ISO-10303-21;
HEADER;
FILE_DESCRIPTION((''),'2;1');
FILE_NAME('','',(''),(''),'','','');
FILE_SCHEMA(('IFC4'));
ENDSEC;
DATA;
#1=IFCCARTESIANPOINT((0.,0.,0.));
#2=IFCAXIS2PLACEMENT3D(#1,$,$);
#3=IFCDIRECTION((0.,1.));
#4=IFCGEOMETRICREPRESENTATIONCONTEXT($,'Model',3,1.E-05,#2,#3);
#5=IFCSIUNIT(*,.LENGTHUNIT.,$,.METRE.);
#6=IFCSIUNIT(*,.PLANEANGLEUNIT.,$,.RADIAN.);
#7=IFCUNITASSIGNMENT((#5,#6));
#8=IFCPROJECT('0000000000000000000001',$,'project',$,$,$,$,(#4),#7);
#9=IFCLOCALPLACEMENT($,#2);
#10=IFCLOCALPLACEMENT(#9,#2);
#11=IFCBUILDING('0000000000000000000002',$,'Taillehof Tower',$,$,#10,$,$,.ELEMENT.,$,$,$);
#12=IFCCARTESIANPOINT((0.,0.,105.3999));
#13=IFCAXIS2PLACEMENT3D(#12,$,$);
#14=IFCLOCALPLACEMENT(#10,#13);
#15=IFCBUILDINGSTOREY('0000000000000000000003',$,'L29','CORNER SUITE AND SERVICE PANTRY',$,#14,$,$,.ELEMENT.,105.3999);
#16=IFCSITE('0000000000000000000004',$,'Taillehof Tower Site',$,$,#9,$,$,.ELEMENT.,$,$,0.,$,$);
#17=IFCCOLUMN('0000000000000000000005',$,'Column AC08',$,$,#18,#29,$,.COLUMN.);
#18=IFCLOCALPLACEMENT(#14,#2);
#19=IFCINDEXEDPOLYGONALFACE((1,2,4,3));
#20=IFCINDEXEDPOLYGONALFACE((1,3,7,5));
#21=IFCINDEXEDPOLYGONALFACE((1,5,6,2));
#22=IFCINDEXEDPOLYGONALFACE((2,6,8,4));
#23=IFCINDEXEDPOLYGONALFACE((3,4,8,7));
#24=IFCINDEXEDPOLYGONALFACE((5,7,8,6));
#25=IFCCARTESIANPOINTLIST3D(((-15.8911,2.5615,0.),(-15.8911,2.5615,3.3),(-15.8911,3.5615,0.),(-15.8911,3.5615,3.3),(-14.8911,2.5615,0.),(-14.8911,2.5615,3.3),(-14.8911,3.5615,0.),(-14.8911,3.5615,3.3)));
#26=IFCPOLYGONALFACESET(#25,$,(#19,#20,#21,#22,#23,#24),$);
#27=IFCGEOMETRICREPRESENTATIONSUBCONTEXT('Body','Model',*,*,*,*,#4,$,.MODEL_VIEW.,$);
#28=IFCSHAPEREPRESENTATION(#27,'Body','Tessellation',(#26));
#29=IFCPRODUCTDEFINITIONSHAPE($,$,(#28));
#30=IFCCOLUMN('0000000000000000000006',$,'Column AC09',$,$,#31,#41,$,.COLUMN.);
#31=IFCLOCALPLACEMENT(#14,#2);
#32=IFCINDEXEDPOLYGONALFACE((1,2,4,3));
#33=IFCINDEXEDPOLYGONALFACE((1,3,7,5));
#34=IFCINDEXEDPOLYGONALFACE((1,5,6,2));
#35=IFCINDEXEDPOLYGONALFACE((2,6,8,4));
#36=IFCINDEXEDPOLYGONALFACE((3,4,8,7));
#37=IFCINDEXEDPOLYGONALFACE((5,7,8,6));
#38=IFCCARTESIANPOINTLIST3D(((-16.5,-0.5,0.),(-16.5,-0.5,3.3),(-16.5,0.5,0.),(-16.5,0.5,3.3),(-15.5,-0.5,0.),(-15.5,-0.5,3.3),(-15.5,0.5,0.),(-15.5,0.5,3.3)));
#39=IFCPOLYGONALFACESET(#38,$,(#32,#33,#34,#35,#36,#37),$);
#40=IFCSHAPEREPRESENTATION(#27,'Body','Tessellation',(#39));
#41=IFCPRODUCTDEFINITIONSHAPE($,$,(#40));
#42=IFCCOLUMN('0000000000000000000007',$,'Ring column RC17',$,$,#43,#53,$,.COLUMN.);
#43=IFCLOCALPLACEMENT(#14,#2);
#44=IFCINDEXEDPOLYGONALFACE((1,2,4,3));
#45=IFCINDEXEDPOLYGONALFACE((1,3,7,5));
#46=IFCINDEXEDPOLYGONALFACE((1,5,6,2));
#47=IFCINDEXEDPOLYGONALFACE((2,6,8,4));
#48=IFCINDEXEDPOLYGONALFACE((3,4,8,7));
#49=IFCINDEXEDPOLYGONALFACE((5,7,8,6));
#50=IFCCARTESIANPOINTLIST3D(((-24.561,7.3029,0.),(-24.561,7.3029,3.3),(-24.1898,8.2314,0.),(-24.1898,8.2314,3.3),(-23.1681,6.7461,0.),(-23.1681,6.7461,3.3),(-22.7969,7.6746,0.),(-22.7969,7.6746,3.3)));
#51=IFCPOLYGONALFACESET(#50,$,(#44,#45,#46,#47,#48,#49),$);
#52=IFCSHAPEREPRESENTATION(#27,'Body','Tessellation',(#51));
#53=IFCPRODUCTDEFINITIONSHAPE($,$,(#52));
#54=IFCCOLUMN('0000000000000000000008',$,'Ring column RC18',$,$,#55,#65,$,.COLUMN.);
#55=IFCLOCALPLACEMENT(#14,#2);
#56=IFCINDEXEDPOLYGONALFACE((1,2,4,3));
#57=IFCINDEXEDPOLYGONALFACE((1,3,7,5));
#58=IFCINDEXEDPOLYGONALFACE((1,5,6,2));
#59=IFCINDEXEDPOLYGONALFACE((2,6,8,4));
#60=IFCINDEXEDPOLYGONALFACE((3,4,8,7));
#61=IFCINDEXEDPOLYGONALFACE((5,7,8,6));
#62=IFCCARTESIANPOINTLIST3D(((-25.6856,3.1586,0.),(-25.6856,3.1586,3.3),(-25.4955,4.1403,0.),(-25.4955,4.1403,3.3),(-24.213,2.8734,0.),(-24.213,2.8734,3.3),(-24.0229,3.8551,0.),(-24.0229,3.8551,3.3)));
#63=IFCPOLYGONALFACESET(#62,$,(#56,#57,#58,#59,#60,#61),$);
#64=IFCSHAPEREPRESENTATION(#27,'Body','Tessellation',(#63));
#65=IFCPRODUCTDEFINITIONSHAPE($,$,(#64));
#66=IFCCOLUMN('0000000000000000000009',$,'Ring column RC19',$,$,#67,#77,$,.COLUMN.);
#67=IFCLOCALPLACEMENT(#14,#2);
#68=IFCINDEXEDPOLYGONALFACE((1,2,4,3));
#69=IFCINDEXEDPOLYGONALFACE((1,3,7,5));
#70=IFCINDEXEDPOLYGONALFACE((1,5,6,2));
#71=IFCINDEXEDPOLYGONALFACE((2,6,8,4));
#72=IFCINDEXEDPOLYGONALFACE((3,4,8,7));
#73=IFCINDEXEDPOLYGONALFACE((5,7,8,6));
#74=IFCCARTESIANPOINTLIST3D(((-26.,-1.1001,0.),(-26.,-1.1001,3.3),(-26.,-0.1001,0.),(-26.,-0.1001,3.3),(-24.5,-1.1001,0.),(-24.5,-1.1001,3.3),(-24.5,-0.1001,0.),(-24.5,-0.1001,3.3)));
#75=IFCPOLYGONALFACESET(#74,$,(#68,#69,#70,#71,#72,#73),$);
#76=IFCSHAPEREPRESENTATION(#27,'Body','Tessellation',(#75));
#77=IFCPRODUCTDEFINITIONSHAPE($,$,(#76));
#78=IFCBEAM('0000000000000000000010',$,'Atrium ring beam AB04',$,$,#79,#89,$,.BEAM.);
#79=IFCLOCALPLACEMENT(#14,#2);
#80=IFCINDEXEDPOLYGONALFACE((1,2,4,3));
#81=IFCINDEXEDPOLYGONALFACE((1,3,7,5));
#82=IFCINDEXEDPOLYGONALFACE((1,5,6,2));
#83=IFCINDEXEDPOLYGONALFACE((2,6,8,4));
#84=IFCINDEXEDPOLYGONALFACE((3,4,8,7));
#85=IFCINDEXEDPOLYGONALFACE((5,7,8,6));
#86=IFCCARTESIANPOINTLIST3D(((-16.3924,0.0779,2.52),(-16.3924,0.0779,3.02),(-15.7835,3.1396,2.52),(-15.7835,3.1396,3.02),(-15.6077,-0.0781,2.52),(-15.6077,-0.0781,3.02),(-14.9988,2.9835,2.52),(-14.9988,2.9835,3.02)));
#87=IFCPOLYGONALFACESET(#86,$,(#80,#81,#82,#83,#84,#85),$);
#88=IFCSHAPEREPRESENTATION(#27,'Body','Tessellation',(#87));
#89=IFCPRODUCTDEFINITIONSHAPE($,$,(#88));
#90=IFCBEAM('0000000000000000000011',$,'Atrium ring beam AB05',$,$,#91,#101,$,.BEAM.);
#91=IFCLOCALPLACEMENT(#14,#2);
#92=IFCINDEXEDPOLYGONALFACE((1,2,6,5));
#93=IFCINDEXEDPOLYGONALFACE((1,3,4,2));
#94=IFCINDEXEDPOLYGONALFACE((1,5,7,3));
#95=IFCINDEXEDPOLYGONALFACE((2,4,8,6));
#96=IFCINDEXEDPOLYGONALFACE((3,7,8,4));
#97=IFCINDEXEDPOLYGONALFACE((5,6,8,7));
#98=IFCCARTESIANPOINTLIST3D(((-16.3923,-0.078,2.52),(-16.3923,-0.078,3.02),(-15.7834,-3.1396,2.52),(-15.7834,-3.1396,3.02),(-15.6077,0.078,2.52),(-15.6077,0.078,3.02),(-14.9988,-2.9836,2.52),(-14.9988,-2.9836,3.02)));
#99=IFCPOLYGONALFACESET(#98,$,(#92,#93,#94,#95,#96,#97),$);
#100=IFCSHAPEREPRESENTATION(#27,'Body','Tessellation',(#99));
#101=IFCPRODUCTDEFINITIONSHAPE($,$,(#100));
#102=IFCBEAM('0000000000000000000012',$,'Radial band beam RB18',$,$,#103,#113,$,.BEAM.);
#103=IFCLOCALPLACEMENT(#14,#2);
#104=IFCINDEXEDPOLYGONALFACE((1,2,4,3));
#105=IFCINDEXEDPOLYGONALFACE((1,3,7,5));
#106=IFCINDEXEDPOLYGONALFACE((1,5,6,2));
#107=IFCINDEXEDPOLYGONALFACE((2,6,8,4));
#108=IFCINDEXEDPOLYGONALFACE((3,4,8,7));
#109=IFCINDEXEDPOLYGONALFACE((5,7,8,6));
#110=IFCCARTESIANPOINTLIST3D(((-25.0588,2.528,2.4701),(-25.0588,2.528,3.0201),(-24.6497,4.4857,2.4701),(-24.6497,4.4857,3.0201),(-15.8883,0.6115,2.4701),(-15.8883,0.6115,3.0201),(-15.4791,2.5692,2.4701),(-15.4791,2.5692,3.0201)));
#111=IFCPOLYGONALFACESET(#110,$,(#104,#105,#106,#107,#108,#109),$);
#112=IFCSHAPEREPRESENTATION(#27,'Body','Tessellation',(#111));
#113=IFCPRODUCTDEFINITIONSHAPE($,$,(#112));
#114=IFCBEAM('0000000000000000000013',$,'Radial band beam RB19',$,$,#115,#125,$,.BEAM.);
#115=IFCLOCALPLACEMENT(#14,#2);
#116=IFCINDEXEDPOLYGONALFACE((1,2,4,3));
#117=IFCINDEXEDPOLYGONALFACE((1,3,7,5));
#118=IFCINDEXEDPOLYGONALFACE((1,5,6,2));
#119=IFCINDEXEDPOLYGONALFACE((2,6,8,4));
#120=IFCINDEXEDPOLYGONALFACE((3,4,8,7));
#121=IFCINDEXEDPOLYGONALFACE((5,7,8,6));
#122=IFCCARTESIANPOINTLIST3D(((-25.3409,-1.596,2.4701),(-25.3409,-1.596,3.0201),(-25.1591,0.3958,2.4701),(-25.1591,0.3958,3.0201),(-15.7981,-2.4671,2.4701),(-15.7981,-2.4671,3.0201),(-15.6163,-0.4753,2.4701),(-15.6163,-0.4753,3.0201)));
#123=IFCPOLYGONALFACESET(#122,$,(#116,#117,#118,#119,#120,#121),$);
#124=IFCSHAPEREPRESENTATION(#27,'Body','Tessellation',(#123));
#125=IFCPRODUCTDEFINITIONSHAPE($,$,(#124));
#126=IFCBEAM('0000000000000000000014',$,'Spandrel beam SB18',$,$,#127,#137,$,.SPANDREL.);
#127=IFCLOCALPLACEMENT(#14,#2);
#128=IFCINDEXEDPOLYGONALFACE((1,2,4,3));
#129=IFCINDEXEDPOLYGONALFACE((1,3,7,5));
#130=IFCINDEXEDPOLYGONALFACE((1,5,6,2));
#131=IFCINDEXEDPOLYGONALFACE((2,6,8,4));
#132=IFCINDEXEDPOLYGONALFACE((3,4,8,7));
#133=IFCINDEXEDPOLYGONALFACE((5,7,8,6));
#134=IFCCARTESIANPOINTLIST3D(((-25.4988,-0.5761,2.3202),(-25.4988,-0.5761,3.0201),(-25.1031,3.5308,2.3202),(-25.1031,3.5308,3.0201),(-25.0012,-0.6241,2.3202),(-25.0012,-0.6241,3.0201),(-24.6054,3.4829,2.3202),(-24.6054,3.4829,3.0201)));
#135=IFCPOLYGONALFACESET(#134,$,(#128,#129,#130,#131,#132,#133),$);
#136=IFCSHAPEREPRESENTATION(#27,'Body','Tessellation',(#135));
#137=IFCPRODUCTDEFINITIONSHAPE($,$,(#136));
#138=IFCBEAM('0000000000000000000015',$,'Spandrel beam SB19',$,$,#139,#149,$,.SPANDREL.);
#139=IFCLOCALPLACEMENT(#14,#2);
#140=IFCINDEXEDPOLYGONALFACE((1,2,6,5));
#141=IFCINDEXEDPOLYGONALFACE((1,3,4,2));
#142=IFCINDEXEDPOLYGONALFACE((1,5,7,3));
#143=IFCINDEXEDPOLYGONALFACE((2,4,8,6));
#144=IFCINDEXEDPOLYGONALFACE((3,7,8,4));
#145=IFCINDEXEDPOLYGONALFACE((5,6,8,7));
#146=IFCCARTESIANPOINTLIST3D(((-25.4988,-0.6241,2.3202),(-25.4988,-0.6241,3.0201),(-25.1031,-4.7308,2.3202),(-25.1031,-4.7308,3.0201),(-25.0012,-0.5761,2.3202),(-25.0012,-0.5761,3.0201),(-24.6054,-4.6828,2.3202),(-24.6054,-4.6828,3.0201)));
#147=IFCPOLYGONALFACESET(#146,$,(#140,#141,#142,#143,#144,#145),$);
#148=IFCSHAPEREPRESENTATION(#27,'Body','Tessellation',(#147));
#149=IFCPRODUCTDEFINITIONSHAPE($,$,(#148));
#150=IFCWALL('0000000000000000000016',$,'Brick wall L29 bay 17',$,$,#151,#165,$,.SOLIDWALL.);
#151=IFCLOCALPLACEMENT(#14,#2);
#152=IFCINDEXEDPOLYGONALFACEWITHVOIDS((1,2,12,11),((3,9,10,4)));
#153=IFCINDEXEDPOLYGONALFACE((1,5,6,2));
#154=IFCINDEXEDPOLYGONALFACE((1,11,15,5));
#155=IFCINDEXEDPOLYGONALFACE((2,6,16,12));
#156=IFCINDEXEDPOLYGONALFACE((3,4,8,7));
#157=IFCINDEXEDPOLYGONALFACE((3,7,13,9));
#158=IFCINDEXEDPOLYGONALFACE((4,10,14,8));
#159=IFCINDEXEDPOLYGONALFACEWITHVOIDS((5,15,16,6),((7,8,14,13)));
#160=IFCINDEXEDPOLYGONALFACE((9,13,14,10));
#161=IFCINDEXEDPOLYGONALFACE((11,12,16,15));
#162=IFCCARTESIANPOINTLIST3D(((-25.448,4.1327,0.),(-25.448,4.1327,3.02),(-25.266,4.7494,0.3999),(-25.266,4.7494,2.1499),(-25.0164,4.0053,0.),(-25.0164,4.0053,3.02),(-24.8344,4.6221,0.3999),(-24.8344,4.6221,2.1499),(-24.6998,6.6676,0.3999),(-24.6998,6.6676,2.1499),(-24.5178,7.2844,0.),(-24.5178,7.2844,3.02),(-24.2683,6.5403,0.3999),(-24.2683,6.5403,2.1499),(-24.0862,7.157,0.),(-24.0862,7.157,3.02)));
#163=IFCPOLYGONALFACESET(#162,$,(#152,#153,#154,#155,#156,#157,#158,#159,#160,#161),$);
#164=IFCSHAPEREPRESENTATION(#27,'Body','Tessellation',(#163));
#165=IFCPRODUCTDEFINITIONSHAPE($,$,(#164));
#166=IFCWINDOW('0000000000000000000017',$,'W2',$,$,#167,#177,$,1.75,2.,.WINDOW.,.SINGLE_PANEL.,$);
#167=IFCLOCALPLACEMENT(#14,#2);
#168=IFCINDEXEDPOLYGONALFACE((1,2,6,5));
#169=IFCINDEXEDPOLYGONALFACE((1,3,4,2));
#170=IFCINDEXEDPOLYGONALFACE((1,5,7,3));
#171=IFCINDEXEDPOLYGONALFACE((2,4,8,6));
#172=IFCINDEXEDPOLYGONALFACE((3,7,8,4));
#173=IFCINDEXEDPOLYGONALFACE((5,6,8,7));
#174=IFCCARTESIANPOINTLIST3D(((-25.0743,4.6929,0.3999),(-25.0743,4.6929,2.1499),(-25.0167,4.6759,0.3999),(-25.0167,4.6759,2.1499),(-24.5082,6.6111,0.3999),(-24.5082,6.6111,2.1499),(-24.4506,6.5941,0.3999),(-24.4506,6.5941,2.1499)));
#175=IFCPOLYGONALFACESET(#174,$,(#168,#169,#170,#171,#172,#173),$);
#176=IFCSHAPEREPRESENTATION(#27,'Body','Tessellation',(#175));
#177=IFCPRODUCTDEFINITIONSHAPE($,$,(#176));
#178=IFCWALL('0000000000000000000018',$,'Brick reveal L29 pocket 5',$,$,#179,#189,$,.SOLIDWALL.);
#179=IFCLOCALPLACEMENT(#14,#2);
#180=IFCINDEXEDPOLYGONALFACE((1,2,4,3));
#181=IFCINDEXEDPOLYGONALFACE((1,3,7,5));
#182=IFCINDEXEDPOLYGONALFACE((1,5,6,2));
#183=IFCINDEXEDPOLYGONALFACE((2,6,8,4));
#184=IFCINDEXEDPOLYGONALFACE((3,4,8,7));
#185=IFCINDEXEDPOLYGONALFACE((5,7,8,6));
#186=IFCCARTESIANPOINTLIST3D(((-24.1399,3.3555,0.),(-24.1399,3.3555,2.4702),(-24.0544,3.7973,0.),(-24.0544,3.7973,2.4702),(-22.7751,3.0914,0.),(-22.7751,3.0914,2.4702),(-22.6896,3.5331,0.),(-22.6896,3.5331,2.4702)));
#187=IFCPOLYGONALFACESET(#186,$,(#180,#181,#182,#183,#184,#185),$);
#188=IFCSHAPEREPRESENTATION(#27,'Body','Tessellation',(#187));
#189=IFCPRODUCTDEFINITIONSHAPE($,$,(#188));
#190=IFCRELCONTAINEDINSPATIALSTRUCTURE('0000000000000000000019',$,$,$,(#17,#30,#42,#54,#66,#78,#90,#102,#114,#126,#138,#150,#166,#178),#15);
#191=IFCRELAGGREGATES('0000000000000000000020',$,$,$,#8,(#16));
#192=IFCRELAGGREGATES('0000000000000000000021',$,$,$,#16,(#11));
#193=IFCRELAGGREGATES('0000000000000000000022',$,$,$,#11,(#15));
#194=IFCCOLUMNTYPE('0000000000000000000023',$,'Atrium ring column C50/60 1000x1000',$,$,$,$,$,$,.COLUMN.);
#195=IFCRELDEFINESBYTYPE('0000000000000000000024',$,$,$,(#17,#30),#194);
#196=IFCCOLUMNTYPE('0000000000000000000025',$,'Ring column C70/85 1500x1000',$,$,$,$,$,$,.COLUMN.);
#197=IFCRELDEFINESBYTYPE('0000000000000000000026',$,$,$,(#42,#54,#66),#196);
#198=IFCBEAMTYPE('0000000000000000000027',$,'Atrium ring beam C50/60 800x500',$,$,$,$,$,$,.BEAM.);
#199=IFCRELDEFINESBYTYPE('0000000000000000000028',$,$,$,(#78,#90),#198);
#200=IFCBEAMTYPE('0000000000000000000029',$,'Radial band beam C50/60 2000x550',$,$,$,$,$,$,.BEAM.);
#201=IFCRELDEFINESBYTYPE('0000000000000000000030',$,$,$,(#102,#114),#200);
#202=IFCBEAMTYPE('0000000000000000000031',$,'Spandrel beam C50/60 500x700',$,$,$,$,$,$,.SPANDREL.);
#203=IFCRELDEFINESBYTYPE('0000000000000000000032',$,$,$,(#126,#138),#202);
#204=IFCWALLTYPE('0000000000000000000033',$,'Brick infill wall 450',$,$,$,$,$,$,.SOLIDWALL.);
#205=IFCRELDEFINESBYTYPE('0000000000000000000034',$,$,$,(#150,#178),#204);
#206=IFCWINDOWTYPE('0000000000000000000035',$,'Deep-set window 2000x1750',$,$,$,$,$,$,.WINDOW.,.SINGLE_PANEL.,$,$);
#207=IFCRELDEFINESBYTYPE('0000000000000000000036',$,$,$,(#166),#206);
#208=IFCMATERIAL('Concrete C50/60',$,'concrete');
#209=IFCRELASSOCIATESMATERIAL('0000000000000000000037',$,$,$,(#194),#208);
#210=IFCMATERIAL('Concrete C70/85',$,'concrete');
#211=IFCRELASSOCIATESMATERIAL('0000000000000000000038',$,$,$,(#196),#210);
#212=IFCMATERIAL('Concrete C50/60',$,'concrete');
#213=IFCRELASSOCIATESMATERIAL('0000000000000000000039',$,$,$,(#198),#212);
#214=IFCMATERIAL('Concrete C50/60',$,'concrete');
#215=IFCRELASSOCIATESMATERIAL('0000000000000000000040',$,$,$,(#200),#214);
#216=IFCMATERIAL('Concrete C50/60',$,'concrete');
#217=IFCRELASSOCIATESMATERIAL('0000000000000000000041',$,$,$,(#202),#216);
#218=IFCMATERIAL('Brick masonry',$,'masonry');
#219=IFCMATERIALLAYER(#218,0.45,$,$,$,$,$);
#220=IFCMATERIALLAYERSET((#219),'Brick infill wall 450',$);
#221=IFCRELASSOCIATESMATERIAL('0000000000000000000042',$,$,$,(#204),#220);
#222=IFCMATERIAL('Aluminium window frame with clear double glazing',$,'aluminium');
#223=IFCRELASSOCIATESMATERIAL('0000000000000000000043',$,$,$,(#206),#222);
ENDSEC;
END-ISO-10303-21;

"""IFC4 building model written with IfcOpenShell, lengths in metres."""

from ifc_helpers import new_model, si_unit, direction, frame, frame_2d, origin, origin_2d, place, context, subcontext, project, spatial, rectangle, extrude, material, layer, layer_set, material_profile, profile_set, type_object, element, fill, save


model = new_model("IFC4")

# Units and contexts
model_context = context("Model", 3, precision=1e-05, world=origin(), true_north=direction((0.0, 1.0)))
body_context = subcontext(model_context, "Body", "Model", "MODEL_VIEW")
ifc_project = project(units=[si_unit("LENGTHUNIT", "METRE"), si_unit("PLANEANGLEUNIT", "RADIAN")], contexts=[model_context])

# Site, building, storey
site_placement = place(None, origin())
site = spatial("IfcSite", under=ifc_project, at=site_placement, Name="Taillehof Tower Site", CompositionType="ELEMENT", RefElevation=0.0)
building_placement = place(site_placement, origin())
building = spatial("IfcBuilding", under=site, at=building_placement, Name="Taillehof Tower", CompositionType="ELEMENT")
storey_placement = place(building_placement, frame((0.0, 0.0, 105.3999)))
storey = spatial("IfcBuildingStorey", under=building, at=storey_placement, Name="L29", Description="CORNER SUITE AND SERVICE PANTRY", CompositionType="ELEMENT", Elevation=105.3999)

# Columns
ifc_material_1 = material(Name="Concrete C50/60", Category="concrete")
ifc_material_profile_1 = material_profile(ifc_material_1, rectangle(XDim=1.0, YDim=1.0, at=origin_2d()), Name="RC 1000x1000")
ifc_profile_set_1 = profile_set([ifc_material_profile_1], Name="Concrete C50/60")
column_type_1 = type_object("IfcColumnType", Name="Atrium ring column C50/60 1000x1000", PredefinedType="COLUMN", material=ifc_profile_set_1)
for number, where, z_axis, x_axis, name in (
    (1, (-15.3911, 3.0615, 0.0), (0.0, 0.0, 1.0), (1.0, 0.0, 0.0), "Column AC08"),
    (2, (-16.0, 0.0, 0.0), (0.0, 0.0, 1.0), (1.0, 0.0, 0.0), "Column AC09"),
):
    element("IfcColumn", number, at=place(storey_placement, frame(where, z_axis=z_axis, x_axis=x_axis)), inside=storey, type_object=column_type_1, Name=name, PredefinedType="COLUMN", context=body_context, shape_type="SweptSolid", body=[
        extrude(rectangle(XDim=1.0, YDim=1.0, at=origin_2d()), origin(), (0.0, 0.0, 1.0), 3.3),
    ])
ifc_material_2 = material(Name="Concrete C70/85", Category="concrete")
ifc_material_profile_2 = material_profile(ifc_material_2, rectangle(XDim=1.5, YDim=1.0, at=origin_2d()), Name="RC 1500x1000")
ifc_profile_set_2 = profile_set([ifc_material_profile_2], Name="Concrete C70/85")
column_type_2 = type_object("IfcColumnType", Name="Ring column C70/85 1500x1000", PredefinedType="COLUMN", material=ifc_profile_set_2)
for number, where, z_axis, x_axis, name in (
    (3, (-23.679, 7.4888, 0.0), (0.0, 0.0, 1.0), (-0.92855, 0.371207, 0.0), "Ring column RC17"),
    (4, (-24.8542, 3.5068, 0.0), (0.0, 0.0, 1.0), (-0.981757, 0.190138, 0.0), "Ring column RC18"),
    (5, (-25.25, -0.6001, 0.0), (0.0, 0.0, 1.0), (-1.0, 0.0, 0.0), "Ring column RC19"),
):
    element("IfcColumn", number, at=place(storey_placement, frame(where, z_axis=z_axis, x_axis=x_axis)), inside=storey, type_object=column_type_2, Name=name, PredefinedType="COLUMN", context=body_context, shape_type="SweptSolid", body=[
        extrude(rectangle(XDim=1.5, YDim=1.0, at=origin_2d()), origin(), (0.0, 0.0, 1.0), 3.3),
    ])

# Beams
ifc_material_3 = material(Name="Concrete C50/60", Category="concrete")
ifc_material_profile_3 = material_profile(ifc_material_3, rectangle(XDim=0.8, YDim=0.5, at=origin_2d()), Name="RC 800x500")
ifc_profile_set_3 = profile_set([ifc_material_profile_3], Name="Concrete C50/60")
beam_type_1 = type_object("IfcBeamType", Name="Atrium ring beam C50/60 800x500", PredefinedType="BEAM", material=ifc_profile_set_3)
for number, where, z_axis, x_axis, name in (
    (6, (-15.3911, 3.0615, 2.77), (-0.195063, -0.980791, 0.0), (0.980791, -0.195063, 0.0), "Atrium ring beam AB04"),
    (7, (-16.0, 0.0, 2.77), (0.195063, -0.980791, 0.0), (0.980791, 0.195063, 0.0), "Atrium ring beam AB05"),
):
    element("IfcBeam", number, at=place(storey_placement, frame(where, z_axis=z_axis, x_axis=x_axis)), inside=storey, type_object=beam_type_1, Name=name, PredefinedType="BEAM", context=body_context, shape_type="SweptSolid", body=[
        extrude(rectangle(XDim=0.8, YDim=0.5, at=origin_2d()), origin(), (0.0, 0.0, 1.0), 3.1216),
    ])
ifc_material_4 = material(Name="Concrete C50/60", Category="concrete")
ifc_material_profile_4 = material_profile(ifc_material_4, rectangle(XDim=2.0, YDim=0.55, at=origin_2d()), Name="RC 2000x550")
ifc_profile_set_4 = profile_set([ifc_material_profile_4], Name="Concrete C50/60")
beam_type_2 = type_object("IfcBeamType", Name="Radial band beam C50/60 2000x550", PredefinedType="BEAM", material=ifc_profile_set_4)
beam_1_placement = place(storey_placement, frame((-24.8542, 3.5068, 2.7451), z_axis=(0.978853, -0.204563, 0.0), x_axis=(0.204563, 0.978853, 0.0)))
element("IfcBeam", 8, at=beam_1_placement, inside=storey, type_object=beam_type_2, Name="Radial band beam RB18", PredefinedType="BEAM", context=body_context, shape_type="SweptSolid", body=[
    extrude(rectangle(XDim=2.0, YDim=0.55, at=origin_2d()), origin(), (0.0, 0.0, 1.0), 9.3687),
])
beam_2_placement = place(storey_placement, frame((-25.25, -0.6001, 2.7451), z_axis=(0.99586, -0.090906, 0.0), x_axis=(0.090906, 0.99586, 0.0)))
element("IfcBeam", 9, at=beam_2_placement, inside=storey, type_object=beam_type_2, Name="Radial band beam RB19", PredefinedType="BEAM", context=body_context, shape_type="SweptSolid", body=[
    extrude(rectangle(XDim=2.0, YDim=0.55, at=origin_2d()), origin(), (0.0, 0.0, 1.0), 9.5825),
])
ifc_material_5 = material(Name="Concrete C50/60", Category="concrete")
ifc_material_profile_5 = material_profile(ifc_material_5, rectangle(XDim=0.5, YDim=0.7, at=origin_2d()), Name="RC 500x700")
ifc_profile_set_5 = profile_set([ifc_material_profile_5], Name="Concrete C50/60")
beam_type_3 = type_object("IfcBeamType", Name="Spandrel beam C50/60 500x700", PredefinedType="SPANDREL", material=ifc_profile_set_5)
beam_3_placement = place(storey_placement, frame((-24.8542, 3.5068, 2.6702), z_axis=(-0.095918, -0.995389, 0.0), x_axis=(0.995389, -0.095918, 0.0)))
element("IfcBeam", 10, at=beam_3_placement, inside=storey, type_object=beam_type_3, Name="Spandrel beam SB18", PredefinedType="SPANDREL", context=body_context, shape_type="SweptSolid", body=[
    extrude(rectangle(XDim=0.5, YDim=0.7, at=origin_2d()), origin(), (0.0, 0.0, 1.0), 4.126),
])
beam_4_placement = place(storey_placement, frame((-25.25, -0.6001, 2.6702), z_axis=(0.095923, -0.995389, 0.0), x_axis=(0.995389, 0.095923, 0.0)))
element("IfcBeam", 11, at=beam_4_placement, inside=storey, type_object=beam_type_3, Name="Spandrel beam SB19", PredefinedType="SPANDREL", context=body_context, shape_type="SweptSolid", body=[
    extrude(rectangle(XDim=0.5, YDim=0.7, at=origin_2d()), origin(), (0.0, 0.0, 1.0), 4.1257),
])

# Wall, opening, window
ifc_material_6 = material(Name="Brick masonry", Category="masonry")
ifc_layer_1 = layer(ifc_material_6, 0.45)
ifc_layer_set_1 = layer_set([ifc_layer_1], Name="Brick infill wall 450")
wall_type_1 = type_object("IfcWallType", Name="Brick infill wall 450", PredefinedType="SOLIDWALL", material=ifc_layer_set_1)
wall_1_placement = place(storey_placement, frame((-24.302, 7.2207, 0.0), z_axis=(0.0, 0.0, 1.0), x_axis=(-0.283071, -0.959099, 0.0)))
wall_1 = element("IfcWall", 12, at=wall_1_placement, inside=storey, type_object=wall_type_1, Name="Brick wall L29 bay 17", PredefinedType="SOLIDWALL", context=body_context, shape_type="SweptSolid", body=[
    extrude(rectangle(XDim=3.2861, YDim=0.45, at=frame_2d((1.6431, 0.0))), origin(), (0.0, 0.0, 1.0), 3.02),
])
opening_1_placement = place(wall_1_placement, frame((0.6431, 0.0, 0.3999)))
opening_1 = element("IfcOpeningElement", 13, at=opening_1_placement, cuts=wall_1, PredefinedType="OPENING", context=body_context, shape_type="SweptSolid", body=[
    extrude(rectangle(XDim=2.0, YDim=1.75, at=frame_2d((1.0, 0.875))), frame((0.0, 0.2349, 0.0), z_axis=(0.0, -1.0, 0.0), x_axis=(1.0, 0.0, 0.0)), (0.0, 0.0, 1.0), 0.47),
])
ifc_material_7 = material(Name="Aluminium window frame with clear double glazing", Category="aluminium")
window_type_1 = type_object("IfcWindowType", Name="Deep-set window 2000x1750", PartitioningType="SINGLE_PANEL", PredefinedType="WINDOW", material=ifc_material_7)
window_1_placement = place(opening_1_placement, origin())
window_1 = element("IfcWindow", 14, at=window_1_placement, inside=storey, type_object=window_type_1, Name="W2", OverallHeight=1.75, OverallWidth=2.0, PartitioningType="SINGLE_PANEL", PredefinedType="WINDOW", context=body_context, shape_type="SweptSolid", body=[
    extrude(rectangle(XDim=2.0, YDim=1.75, at=frame_2d((1.0, 0.875))), frame((0.0, 0.0349, 0.0), z_axis=(0.0, -1.0, 0.0), x_axis=(1.0, 0.0, 0.0)), (0.0, 0.0, 1.0), 0.0601),
])
fill(opening_1, window_1)

# Wall
wall_2_placement = place(storey_placement, frame((-24.0972, 3.5764, 0.0), z_axis=(0.0, 0.0, 1.0), x_axis=(0.981778, -0.190033, 0.0)))
element("IfcWall", 15, at=wall_2_placement, inside=storey, type_object=wall_type_1, Name="Brick reveal L29 pocket 5", PredefinedType="SOLIDWALL", context=body_context, shape_type="SweptSolid", body=[
    extrude(rectangle(XDim=1.3901, YDim=0.45, at=frame_2d((0.6951, 0.0))), origin(), (0.0, 0.0, 1.0), 2.4702),
])

save(model, "model.ifc")
